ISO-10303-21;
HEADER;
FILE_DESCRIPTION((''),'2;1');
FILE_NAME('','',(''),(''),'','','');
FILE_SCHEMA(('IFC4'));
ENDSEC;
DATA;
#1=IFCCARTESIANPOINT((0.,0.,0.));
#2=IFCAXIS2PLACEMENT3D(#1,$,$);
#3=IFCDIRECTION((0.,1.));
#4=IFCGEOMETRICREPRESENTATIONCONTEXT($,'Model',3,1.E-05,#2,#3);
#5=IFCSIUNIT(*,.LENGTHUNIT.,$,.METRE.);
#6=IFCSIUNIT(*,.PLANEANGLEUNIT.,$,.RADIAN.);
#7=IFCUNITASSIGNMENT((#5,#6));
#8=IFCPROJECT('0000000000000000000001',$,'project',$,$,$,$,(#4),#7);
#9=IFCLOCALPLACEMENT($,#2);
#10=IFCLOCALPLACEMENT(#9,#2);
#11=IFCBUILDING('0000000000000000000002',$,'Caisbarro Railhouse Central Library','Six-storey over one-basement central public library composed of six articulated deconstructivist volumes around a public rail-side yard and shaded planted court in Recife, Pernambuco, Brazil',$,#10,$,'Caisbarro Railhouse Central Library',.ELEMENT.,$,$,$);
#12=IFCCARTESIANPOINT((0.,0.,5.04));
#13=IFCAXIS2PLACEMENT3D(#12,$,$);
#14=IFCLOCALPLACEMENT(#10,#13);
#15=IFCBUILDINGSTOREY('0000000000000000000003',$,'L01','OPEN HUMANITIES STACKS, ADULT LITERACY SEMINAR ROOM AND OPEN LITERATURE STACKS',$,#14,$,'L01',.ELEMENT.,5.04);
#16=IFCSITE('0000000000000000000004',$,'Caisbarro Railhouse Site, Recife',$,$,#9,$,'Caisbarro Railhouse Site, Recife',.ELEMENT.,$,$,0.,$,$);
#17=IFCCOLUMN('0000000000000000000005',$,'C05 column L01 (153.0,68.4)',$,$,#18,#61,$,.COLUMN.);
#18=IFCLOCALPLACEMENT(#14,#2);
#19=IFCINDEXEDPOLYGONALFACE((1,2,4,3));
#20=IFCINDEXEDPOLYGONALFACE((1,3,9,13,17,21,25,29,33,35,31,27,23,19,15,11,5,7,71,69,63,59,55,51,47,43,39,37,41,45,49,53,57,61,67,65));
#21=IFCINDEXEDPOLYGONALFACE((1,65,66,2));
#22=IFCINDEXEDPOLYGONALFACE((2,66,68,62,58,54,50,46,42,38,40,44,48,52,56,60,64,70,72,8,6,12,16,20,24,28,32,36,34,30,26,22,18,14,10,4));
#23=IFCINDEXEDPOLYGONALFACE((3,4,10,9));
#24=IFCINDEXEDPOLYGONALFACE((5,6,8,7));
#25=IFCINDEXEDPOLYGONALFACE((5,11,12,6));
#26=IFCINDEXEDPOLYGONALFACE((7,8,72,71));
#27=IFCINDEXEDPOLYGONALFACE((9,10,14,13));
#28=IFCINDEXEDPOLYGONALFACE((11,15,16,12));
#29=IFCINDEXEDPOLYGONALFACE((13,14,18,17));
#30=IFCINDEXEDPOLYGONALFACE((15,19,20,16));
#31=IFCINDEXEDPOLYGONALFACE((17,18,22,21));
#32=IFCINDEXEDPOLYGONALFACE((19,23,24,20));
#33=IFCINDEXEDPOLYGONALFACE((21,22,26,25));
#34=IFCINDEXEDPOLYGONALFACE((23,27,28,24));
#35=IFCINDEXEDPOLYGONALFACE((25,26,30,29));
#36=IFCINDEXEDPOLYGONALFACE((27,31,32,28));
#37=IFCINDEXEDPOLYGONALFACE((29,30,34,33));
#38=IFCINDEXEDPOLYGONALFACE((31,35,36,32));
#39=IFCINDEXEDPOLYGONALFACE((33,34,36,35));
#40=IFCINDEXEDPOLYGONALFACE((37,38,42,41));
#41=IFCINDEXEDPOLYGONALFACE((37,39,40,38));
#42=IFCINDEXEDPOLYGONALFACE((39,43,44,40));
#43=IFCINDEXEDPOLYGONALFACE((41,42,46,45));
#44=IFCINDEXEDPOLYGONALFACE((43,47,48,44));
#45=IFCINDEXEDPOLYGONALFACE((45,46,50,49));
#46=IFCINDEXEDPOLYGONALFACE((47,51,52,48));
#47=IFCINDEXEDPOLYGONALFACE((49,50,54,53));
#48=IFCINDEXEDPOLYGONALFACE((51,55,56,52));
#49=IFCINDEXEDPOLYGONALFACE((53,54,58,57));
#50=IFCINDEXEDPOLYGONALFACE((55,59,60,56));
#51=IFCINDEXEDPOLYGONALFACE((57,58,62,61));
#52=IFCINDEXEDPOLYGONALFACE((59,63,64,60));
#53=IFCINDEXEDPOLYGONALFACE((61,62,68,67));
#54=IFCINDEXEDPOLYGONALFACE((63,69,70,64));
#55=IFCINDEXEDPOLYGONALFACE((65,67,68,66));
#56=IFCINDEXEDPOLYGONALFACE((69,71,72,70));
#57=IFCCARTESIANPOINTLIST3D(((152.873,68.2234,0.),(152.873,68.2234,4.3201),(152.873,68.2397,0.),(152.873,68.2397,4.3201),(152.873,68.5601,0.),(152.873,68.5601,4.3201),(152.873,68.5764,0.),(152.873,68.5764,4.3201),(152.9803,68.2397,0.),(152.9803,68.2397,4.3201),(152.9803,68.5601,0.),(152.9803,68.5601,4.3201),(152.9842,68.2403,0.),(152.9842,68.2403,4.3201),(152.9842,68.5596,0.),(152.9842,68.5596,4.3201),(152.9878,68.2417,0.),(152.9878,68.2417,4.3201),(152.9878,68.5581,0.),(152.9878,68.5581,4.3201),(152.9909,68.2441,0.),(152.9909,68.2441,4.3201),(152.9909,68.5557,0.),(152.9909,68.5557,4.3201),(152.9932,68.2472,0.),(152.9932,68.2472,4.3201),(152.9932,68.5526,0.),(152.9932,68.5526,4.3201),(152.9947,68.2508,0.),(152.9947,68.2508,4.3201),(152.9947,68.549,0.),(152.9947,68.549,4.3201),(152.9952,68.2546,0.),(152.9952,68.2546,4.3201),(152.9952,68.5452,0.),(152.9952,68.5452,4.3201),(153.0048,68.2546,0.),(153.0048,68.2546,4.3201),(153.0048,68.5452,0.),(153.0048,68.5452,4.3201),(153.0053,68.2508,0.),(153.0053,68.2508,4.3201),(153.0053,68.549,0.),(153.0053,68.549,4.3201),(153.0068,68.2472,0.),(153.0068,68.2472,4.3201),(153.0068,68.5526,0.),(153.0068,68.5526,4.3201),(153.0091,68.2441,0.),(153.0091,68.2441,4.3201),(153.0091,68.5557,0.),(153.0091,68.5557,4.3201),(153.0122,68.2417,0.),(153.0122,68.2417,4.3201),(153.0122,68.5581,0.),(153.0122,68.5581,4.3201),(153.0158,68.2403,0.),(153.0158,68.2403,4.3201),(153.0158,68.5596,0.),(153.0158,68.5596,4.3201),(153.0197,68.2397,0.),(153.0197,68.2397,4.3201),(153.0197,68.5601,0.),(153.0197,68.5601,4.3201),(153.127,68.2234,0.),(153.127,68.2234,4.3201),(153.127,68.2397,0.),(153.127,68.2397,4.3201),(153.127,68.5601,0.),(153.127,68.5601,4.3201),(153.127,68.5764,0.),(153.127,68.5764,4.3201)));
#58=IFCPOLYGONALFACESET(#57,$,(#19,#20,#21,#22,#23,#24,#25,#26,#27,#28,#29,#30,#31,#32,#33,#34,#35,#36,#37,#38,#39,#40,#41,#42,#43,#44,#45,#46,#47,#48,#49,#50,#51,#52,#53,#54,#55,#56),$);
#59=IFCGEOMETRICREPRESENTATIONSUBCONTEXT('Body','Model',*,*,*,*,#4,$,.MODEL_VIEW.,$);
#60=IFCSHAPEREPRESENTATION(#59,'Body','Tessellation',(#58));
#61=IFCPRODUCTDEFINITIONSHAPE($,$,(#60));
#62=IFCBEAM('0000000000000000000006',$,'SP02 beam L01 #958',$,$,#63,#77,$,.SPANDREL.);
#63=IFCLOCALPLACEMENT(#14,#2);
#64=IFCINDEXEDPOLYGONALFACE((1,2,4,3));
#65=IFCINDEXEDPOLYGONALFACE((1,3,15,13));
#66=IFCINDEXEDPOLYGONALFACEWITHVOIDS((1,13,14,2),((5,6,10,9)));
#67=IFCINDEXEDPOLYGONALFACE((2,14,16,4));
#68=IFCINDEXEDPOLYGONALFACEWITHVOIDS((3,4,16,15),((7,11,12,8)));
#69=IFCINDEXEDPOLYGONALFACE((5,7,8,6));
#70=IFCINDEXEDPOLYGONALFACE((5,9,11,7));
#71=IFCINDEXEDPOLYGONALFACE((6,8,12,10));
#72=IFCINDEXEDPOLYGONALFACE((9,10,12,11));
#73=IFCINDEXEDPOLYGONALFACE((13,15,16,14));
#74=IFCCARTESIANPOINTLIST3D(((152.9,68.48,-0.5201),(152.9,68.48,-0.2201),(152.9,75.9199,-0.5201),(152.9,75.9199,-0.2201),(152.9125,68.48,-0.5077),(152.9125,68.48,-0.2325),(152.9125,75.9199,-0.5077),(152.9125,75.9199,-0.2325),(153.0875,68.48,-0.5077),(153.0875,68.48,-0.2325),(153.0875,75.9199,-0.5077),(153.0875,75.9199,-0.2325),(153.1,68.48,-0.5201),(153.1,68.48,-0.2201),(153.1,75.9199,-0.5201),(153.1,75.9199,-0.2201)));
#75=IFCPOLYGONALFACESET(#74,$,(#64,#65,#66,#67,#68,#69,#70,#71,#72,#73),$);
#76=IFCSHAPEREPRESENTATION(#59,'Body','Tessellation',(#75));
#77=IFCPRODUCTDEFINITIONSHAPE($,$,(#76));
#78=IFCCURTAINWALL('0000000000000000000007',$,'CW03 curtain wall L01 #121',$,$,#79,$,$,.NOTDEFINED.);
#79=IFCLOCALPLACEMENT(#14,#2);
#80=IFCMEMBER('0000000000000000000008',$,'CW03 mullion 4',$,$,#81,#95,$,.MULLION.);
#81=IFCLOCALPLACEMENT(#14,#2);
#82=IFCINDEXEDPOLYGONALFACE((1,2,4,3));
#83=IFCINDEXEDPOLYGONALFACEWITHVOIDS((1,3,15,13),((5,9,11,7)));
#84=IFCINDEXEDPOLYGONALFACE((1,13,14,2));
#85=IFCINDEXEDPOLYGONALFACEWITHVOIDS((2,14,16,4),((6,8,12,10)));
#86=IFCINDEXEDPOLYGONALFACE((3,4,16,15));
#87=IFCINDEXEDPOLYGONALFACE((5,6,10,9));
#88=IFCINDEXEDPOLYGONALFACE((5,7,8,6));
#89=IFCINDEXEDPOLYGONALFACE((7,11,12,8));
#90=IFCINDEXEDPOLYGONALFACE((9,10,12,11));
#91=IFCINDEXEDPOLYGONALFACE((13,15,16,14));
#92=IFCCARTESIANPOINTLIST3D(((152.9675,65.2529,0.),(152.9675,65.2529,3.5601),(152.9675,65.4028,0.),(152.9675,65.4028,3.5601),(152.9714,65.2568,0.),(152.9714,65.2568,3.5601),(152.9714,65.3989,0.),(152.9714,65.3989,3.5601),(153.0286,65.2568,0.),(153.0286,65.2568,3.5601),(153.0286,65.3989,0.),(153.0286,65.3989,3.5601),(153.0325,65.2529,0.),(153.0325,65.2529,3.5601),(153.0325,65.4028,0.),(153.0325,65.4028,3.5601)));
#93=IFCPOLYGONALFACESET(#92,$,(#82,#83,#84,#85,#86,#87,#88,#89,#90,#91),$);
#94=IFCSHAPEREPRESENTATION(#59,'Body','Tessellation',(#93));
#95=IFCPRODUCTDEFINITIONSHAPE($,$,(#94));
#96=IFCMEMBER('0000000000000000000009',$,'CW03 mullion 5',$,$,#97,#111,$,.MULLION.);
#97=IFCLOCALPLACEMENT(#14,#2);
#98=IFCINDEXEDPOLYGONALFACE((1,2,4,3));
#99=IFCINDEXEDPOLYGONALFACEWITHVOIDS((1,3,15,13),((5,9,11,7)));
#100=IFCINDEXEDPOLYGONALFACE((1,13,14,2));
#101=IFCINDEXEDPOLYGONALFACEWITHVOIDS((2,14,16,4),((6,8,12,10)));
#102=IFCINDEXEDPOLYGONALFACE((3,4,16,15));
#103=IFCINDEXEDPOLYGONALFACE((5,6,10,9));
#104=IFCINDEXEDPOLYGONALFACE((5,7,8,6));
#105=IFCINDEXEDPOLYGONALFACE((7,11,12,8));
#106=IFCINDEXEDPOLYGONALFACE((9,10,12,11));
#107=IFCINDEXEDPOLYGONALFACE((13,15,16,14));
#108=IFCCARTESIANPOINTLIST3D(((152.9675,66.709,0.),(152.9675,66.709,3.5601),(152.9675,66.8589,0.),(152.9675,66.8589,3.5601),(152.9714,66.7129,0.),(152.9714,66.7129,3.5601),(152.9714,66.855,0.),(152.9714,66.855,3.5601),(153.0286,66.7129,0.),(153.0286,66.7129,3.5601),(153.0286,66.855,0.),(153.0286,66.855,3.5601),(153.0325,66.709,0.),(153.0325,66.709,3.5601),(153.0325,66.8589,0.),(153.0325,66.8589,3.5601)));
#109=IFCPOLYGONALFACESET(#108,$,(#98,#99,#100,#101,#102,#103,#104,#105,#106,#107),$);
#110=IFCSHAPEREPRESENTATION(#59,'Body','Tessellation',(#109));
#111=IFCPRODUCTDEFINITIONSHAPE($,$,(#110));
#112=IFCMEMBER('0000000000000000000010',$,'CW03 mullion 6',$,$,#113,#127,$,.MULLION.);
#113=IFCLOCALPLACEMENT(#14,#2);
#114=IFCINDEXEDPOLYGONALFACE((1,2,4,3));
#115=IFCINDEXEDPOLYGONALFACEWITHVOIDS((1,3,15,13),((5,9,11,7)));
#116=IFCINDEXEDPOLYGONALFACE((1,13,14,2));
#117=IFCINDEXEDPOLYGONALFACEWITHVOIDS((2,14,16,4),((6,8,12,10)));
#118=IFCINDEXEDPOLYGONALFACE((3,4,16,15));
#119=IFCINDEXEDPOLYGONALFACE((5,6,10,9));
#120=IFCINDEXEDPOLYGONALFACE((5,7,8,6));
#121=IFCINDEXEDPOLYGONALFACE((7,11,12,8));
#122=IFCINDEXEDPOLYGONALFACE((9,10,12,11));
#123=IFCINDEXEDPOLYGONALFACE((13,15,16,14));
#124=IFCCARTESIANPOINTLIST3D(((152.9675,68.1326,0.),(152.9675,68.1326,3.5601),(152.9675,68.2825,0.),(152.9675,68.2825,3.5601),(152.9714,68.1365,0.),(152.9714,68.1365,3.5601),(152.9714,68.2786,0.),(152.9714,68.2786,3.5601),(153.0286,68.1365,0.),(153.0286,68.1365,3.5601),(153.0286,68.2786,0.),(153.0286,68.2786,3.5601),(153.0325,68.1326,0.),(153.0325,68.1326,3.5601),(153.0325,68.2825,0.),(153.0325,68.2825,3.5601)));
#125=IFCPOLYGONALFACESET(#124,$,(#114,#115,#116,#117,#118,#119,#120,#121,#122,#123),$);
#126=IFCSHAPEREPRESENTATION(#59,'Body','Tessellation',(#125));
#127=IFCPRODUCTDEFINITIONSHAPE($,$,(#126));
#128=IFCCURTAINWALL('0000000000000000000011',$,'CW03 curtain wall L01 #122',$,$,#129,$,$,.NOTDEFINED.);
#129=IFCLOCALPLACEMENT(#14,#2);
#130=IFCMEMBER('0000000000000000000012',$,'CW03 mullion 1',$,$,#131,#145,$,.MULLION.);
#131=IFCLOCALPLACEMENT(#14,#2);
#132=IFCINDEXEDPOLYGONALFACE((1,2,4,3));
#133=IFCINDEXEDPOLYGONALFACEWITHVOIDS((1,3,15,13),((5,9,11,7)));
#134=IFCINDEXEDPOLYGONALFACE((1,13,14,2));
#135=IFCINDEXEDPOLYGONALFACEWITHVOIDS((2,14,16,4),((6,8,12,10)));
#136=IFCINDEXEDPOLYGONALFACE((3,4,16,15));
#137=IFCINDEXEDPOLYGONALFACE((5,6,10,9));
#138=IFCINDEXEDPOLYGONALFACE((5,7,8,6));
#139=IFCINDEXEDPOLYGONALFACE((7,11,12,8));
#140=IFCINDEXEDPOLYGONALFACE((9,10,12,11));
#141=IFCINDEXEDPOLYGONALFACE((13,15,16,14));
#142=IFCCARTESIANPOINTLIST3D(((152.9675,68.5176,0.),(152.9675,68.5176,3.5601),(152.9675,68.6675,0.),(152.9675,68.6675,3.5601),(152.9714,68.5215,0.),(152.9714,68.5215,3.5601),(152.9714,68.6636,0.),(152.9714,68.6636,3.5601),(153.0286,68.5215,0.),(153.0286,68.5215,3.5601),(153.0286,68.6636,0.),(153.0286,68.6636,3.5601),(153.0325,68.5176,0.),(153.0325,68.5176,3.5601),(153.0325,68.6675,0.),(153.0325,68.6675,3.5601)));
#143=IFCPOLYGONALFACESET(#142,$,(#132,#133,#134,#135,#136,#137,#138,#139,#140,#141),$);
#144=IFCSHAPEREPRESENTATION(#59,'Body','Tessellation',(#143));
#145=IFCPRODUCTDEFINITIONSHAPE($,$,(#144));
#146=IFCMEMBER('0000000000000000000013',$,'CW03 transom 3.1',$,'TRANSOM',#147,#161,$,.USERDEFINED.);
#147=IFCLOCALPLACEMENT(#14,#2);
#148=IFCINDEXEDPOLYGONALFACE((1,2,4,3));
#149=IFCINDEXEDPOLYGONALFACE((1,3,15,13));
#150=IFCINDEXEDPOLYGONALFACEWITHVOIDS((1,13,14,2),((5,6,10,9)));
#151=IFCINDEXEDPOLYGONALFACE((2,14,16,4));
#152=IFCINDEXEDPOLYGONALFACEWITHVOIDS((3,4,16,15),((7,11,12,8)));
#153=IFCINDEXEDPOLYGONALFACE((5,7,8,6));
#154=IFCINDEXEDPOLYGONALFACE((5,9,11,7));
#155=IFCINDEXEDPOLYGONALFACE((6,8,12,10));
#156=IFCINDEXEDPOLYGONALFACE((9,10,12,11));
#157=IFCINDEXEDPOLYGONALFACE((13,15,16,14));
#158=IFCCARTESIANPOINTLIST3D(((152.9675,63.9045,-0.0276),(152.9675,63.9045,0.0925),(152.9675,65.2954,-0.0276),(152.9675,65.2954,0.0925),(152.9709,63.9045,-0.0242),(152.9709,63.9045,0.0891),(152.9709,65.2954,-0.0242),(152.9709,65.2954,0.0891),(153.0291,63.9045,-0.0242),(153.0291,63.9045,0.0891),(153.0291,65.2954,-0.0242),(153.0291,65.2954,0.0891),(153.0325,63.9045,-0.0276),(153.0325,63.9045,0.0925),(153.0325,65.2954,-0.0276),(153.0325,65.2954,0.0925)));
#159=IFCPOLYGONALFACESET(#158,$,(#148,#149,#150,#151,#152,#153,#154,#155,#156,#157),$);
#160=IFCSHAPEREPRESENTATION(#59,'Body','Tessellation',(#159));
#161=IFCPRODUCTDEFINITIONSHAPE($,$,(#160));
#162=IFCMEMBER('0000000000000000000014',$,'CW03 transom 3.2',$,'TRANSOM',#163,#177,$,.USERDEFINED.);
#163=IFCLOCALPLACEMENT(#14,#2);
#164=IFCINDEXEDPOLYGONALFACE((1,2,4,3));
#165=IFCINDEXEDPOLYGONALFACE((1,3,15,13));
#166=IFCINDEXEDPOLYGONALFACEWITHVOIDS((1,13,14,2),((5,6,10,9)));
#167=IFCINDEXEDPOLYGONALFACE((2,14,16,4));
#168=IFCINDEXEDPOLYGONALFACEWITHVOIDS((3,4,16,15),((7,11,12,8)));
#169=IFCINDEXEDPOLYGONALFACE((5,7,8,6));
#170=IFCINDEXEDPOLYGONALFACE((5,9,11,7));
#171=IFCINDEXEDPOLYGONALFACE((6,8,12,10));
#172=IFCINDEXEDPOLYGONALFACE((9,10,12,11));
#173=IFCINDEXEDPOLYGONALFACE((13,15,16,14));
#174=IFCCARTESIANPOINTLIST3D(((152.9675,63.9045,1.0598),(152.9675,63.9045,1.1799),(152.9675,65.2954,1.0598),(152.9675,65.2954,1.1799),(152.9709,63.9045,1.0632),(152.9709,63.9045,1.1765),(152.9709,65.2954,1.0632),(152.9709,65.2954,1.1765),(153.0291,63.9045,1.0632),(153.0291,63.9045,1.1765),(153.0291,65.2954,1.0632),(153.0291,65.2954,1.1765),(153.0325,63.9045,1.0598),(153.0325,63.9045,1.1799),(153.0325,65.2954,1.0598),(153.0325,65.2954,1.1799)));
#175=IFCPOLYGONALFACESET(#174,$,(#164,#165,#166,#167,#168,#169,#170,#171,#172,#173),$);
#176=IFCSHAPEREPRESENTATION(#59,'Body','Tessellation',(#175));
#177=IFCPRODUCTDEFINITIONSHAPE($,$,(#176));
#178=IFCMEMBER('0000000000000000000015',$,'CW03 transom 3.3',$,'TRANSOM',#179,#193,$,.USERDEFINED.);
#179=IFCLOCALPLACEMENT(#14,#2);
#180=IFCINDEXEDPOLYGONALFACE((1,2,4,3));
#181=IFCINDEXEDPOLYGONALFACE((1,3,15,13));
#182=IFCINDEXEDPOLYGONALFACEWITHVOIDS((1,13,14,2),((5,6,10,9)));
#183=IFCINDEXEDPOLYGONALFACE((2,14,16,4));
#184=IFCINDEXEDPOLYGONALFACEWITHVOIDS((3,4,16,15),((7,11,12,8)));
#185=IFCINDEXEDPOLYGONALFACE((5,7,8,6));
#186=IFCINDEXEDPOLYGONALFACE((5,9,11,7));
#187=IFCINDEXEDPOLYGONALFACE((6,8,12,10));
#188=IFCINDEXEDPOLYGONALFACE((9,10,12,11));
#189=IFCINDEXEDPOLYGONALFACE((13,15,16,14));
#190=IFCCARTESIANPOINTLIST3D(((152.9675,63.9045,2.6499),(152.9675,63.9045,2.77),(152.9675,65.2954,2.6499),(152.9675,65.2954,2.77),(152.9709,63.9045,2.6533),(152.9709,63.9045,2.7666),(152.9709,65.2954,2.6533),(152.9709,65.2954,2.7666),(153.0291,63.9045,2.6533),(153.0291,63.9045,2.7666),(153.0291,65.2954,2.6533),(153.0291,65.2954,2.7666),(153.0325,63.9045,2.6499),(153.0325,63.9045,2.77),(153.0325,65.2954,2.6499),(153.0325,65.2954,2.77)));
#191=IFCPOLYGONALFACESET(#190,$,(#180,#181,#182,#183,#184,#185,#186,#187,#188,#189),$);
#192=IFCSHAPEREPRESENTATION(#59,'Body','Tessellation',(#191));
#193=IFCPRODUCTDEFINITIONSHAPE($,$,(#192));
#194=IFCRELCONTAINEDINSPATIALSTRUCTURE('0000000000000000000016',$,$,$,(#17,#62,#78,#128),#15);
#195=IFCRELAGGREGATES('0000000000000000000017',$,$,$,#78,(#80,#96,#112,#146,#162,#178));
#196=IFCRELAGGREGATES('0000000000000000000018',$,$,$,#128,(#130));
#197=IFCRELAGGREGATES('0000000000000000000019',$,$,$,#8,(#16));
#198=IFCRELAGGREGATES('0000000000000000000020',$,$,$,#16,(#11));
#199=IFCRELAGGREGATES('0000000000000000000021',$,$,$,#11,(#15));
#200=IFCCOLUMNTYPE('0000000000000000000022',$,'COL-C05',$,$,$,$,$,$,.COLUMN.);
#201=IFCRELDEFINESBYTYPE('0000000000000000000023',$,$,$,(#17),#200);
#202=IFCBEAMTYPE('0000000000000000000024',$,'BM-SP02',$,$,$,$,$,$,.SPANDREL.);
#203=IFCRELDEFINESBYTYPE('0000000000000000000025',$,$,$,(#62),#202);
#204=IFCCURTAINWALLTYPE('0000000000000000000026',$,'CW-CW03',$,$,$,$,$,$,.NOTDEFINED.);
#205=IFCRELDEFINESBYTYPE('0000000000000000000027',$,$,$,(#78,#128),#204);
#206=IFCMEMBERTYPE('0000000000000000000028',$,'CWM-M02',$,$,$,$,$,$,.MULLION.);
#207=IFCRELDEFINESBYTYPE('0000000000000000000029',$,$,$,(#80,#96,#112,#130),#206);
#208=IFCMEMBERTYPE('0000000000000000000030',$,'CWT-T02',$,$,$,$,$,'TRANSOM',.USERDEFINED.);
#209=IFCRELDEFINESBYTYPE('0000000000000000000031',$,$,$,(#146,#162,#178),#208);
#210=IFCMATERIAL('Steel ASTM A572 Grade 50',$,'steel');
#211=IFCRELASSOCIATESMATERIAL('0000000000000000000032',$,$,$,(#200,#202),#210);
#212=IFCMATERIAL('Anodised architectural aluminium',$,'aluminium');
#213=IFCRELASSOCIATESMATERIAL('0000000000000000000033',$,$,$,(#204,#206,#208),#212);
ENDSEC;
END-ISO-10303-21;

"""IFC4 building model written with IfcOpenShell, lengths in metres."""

from ifc_helpers import new_model, si_unit, direction, frame, origin, origin_2d, place, context, subcontext, project, spatial, hollow_rectangle, i_section, extrude, material, material_profile, profile_set, type_object, element, aggregate, save


model = new_model("IFC4")

# Units and contexts
model_context = context("Model", 3, precision=1e-05, world=origin(), true_north=direction((0.0, 1.0)))
body_context = subcontext(model_context, "Body", "Model", "MODEL_VIEW")
ifc_project = project(units=[si_unit("LENGTHUNIT", "METRE"), si_unit("PLANEANGLEUNIT", "RADIAN")], contexts=[model_context])

# Site, building, storey
site_placement = place(None, origin())
site = spatial("IfcSite", under=ifc_project, at=site_placement, Name="Caisbarro Railhouse Site, Recife", LongName="Caisbarro Railhouse Site, Recife", CompositionType="ELEMENT", RefElevation=0.0)
building_placement = place(site_placement, origin())
building = spatial("IfcBuilding", under=site, at=building_placement, Name="Caisbarro Railhouse Central Library", Description="Six-storey over one-basement central public library composed of six articulated deconstructivist volumes around a public rail-side yard and shaded planted court in Recife, Pernambuco, Brazil", LongName="Caisbarro Railhouse Central Library", CompositionType="ELEMENT")
storey_placement = place(building_placement, frame((0.0, 0.0, 5.04)))
storey = spatial("IfcBuildingStorey", under=building, at=storey_placement, Name="L01", Description="OPEN HUMANITIES STACKS, ADULT LITERACY SEMINAR ROOM AND OPEN LITERATURE STACKS", LongName="L01", CompositionType="ELEMENT", Elevation=5.04)

# Column
ifc_material_1 = material(Name="Steel ASTM A572 Grade 50", Category="steel")
ifc_material_profile_1 = material_profile(ifc_material_1, i_section(OverallWidth=0.2539, OverallDepth=0.353, WebThickness=0.0095, FlangeThickness=0.0164, FilletRadius=0.0149, at=origin_2d()), Name="W360X91.0")
ifc_profile_set_1 = profile_set([ifc_material_profile_1], Name="Steel ASTM A572 Grade 50")
column_type = type_object("IfcColumnType", Name="COL-C05", PredefinedType="COLUMN", material=ifc_profile_set_1)
column_placement = place(storey_placement, frame((153.0, 68.3999, 0.0), z_axis=(0.0, 0.0, 1.0), x_axis=(1.0, 0.0, 0.0)))
element("IfcColumn", 1, at=column_placement, inside=storey, type_object=column_type, Name="C05 column L01 (153.0,68.4)", PredefinedType="COLUMN", context=body_context, shape_type="SweptSolid", body=[
    extrude(i_section(OverallWidth=0.2539, OverallDepth=0.353, WebThickness=0.0095, FlangeThickness=0.0164, FilletRadius=0.0149, at=origin_2d()), origin(), (0.0, 0.0, 1.0), 4.3201),
])

# Beam
ifc_material_profile_2 = material_profile(ifc_material_1, hollow_rectangle(XDim=0.2, YDim=0.3, WallThickness=0.0125, at=origin_2d()), Name="HSS300X200X12.5")
ifc_profile_set_2 = profile_set([ifc_material_profile_2], Name="Steel ASTM A572 Grade 50")
beam_type = type_object("IfcBeamType", Name="BM-SP02", PredefinedType="SPANDREL", material=ifc_profile_set_2)
beam_placement = place(storey_placement, frame((153.0, 68.48, -0.3701), z_axis=(0.0, 1.0, 0.0), x_axis=(-1.0, 0.0, 0.0)))
element("IfcBeam", 2, at=beam_placement, inside=storey, type_object=beam_type, Name="SP02 beam L01 #958", PredefinedType="SPANDREL", context=body_context, shape_type="SweptSolid", body=[
    extrude(hollow_rectangle(XDim=0.2, YDim=0.3, WallThickness=0.0125, at=origin_2d()), origin(), (0.0, 0.0, 1.0), 7.4399),
])

# Curtain wall, members
ifc_material_2 = material(Name="Anodised architectural aluminium", Category="aluminium")
curtain_wall_type = type_object("IfcCurtainWallType", Name="CW-CW03", PredefinedType="NOTDEFINED", material=ifc_material_2)
curtain_wall_1_placement = place(storey_placement, origin())
curtain_wall_1 = element("IfcCurtainWall", 3, at=curtain_wall_1_placement, inside=storey, type_object=curtain_wall_type, Name="CW03 curtain wall L01 #121", PredefinedType="NOTDEFINED")
ifc_material_profile_3 = material_profile(ifc_material_2, hollow_rectangle(XDim=0.0649, YDim=0.1499, WallThickness=0.0039, at=origin_2d()), Name="ALU-MUL-65X150")
ifc_profile_set_3 = profile_set([ifc_material_profile_3], Name="Anodised architectural aluminium")
member_type_1 = type_object("IfcMemberType", Name="CWM-M02", PredefinedType="MULLION", material=ifc_profile_set_3)
member_1_placement = place(storey_placement, frame((153.0, 65.3279, 0.0), z_axis=(0.0, 0.0, 1.0), x_axis=(-1.0, 0.0, 0.0)))
member_1 = element("IfcMember", 4, at=member_1_placement, type_object=member_type_1, Name="CW03 mullion 4", PredefinedType="MULLION", context=body_context, shape_type="SweptSolid", body=[
    extrude(hollow_rectangle(XDim=0.0649, YDim=0.1499, WallThickness=0.0039, at=origin_2d()), origin(), (0.0, 0.0, 1.0), 3.5601),
])
member_2_placement = place(storey_placement, frame((153.0, 66.7839, 0.0), z_axis=(0.0, 0.0, 1.0), x_axis=(-1.0, 0.0, 0.0)))
member_2 = element("IfcMember", 5, at=member_2_placement, type_object=member_type_1, Name="CW03 mullion 5", PredefinedType="MULLION", context=body_context, shape_type="SweptSolid", body=[
    extrude(hollow_rectangle(XDim=0.0649, YDim=0.1499, WallThickness=0.0039, at=origin_2d()), origin(), (0.0, 0.0, 1.0), 3.5601),
])
member_3_placement = place(storey_placement, frame((153.0, 68.2075, 0.0), z_axis=(0.0, 0.0, 1.0), x_axis=(-1.0, 0.0, 0.0)))
member_3 = element("IfcMember", 6, at=member_3_placement, type_object=member_type_1, Name="CW03 mullion 6", PredefinedType="MULLION", context=body_context, shape_type="SweptSolid", body=[
    extrude(hollow_rectangle(XDim=0.0649, YDim=0.1499, WallThickness=0.0039, at=origin_2d()), origin(), (0.0, 0.0, 1.0), 3.5601),
])

# Curtain wall, member
curtain_wall_2_placement = place(storey_placement, origin())
curtain_wall_2 = element("IfcCurtainWall", 7, at=curtain_wall_2_placement, inside=storey, type_object=curtain_wall_type, Name="CW03 curtain wall L01 #122", PredefinedType="NOTDEFINED")
member_4_placement = place(storey_placement, frame((153.0, 68.5925, 0.0), z_axis=(0.0, 0.0, 1.0), x_axis=(-1.0, 0.0, 0.0)))
member_4 = element("IfcMember", 8, at=member_4_placement, type_object=member_type_1, Name="CW03 mullion 1", PredefinedType="MULLION", context=body_context, shape_type="SweptSolid", body=[
    extrude(hollow_rectangle(XDim=0.0649, YDim=0.1499, WallThickness=0.0039, at=origin_2d()), origin(), (0.0, 0.0, 1.0), 3.5601),
])

# Members
ifc_material_profile_4 = material_profile(ifc_material_2, hollow_rectangle(XDim=0.0649, YDim=0.1201, WallThickness=0.0034, at=origin_2d()), Name="ALU-TRN-65X120")
ifc_profile_set_4 = profile_set([ifc_material_profile_4], Name="Anodised architectural aluminium")
member_type_2 = type_object("IfcMemberType", Name="CWT-T02", ElementType="TRANSOM", PredefinedType="USERDEFINED", material=ifc_profile_set_4)
member_5_placement = place(storey_placement, frame((153.0, 63.9045, 0.0325), z_axis=(0.0, 1.0, 0.0), x_axis=(-1.0, 0.0, 0.0)))
member_5 = element("IfcMember", 9, at=member_5_placement, type_object=member_type_2, Name="CW03 transom 3.1", ObjectType="TRANSOM", PredefinedType="USERDEFINED", context=body_context, shape_type="SweptSolid", body=[
    extrude(hollow_rectangle(XDim=0.0649, YDim=0.1201, WallThickness=0.0034, at=origin_2d()), origin(), (0.0, 0.0, 1.0), 1.3909),
])
member_6_placement = place(storey_placement, frame((153.0, 63.9045, 1.1199), z_axis=(0.0, 1.0, 0.0), x_axis=(-1.0, 0.0, 0.0)))
member_6 = element("IfcMember", 10, at=member_6_placement, type_object=member_type_2, Name="CW03 transom 3.2", ObjectType="TRANSOM", PredefinedType="USERDEFINED", context=body_context, shape_type="SweptSolid", body=[
    extrude(hollow_rectangle(XDim=0.0649, YDim=0.1201, WallThickness=0.0034, at=origin_2d()), origin(), (0.0, 0.0, 1.0), 1.3909),
])
member_7_placement = place(storey_placement, frame((153.0, 63.9045, 2.71), z_axis=(0.0, 1.0, 0.0), x_axis=(-1.0, 0.0, 0.0)))
member_7 = element("IfcMember", 11, at=member_7_placement, type_object=member_type_2, Name="CW03 transom 3.3", ObjectType="TRANSOM", PredefinedType="USERDEFINED", context=body_context, shape_type="SweptSolid", body=[
    extrude(hollow_rectangle(XDim=0.0649, YDim=0.1201, WallThickness=0.0034, at=origin_2d()), origin(), (0.0, 0.0, 1.0), 1.3909),
])

aggregate(curtain_wall_1, [member_1, member_2, member_3, member_5, member_6, member_7])
aggregate(curtain_wall_2, [member_4])

save(model, "model.ifc")
